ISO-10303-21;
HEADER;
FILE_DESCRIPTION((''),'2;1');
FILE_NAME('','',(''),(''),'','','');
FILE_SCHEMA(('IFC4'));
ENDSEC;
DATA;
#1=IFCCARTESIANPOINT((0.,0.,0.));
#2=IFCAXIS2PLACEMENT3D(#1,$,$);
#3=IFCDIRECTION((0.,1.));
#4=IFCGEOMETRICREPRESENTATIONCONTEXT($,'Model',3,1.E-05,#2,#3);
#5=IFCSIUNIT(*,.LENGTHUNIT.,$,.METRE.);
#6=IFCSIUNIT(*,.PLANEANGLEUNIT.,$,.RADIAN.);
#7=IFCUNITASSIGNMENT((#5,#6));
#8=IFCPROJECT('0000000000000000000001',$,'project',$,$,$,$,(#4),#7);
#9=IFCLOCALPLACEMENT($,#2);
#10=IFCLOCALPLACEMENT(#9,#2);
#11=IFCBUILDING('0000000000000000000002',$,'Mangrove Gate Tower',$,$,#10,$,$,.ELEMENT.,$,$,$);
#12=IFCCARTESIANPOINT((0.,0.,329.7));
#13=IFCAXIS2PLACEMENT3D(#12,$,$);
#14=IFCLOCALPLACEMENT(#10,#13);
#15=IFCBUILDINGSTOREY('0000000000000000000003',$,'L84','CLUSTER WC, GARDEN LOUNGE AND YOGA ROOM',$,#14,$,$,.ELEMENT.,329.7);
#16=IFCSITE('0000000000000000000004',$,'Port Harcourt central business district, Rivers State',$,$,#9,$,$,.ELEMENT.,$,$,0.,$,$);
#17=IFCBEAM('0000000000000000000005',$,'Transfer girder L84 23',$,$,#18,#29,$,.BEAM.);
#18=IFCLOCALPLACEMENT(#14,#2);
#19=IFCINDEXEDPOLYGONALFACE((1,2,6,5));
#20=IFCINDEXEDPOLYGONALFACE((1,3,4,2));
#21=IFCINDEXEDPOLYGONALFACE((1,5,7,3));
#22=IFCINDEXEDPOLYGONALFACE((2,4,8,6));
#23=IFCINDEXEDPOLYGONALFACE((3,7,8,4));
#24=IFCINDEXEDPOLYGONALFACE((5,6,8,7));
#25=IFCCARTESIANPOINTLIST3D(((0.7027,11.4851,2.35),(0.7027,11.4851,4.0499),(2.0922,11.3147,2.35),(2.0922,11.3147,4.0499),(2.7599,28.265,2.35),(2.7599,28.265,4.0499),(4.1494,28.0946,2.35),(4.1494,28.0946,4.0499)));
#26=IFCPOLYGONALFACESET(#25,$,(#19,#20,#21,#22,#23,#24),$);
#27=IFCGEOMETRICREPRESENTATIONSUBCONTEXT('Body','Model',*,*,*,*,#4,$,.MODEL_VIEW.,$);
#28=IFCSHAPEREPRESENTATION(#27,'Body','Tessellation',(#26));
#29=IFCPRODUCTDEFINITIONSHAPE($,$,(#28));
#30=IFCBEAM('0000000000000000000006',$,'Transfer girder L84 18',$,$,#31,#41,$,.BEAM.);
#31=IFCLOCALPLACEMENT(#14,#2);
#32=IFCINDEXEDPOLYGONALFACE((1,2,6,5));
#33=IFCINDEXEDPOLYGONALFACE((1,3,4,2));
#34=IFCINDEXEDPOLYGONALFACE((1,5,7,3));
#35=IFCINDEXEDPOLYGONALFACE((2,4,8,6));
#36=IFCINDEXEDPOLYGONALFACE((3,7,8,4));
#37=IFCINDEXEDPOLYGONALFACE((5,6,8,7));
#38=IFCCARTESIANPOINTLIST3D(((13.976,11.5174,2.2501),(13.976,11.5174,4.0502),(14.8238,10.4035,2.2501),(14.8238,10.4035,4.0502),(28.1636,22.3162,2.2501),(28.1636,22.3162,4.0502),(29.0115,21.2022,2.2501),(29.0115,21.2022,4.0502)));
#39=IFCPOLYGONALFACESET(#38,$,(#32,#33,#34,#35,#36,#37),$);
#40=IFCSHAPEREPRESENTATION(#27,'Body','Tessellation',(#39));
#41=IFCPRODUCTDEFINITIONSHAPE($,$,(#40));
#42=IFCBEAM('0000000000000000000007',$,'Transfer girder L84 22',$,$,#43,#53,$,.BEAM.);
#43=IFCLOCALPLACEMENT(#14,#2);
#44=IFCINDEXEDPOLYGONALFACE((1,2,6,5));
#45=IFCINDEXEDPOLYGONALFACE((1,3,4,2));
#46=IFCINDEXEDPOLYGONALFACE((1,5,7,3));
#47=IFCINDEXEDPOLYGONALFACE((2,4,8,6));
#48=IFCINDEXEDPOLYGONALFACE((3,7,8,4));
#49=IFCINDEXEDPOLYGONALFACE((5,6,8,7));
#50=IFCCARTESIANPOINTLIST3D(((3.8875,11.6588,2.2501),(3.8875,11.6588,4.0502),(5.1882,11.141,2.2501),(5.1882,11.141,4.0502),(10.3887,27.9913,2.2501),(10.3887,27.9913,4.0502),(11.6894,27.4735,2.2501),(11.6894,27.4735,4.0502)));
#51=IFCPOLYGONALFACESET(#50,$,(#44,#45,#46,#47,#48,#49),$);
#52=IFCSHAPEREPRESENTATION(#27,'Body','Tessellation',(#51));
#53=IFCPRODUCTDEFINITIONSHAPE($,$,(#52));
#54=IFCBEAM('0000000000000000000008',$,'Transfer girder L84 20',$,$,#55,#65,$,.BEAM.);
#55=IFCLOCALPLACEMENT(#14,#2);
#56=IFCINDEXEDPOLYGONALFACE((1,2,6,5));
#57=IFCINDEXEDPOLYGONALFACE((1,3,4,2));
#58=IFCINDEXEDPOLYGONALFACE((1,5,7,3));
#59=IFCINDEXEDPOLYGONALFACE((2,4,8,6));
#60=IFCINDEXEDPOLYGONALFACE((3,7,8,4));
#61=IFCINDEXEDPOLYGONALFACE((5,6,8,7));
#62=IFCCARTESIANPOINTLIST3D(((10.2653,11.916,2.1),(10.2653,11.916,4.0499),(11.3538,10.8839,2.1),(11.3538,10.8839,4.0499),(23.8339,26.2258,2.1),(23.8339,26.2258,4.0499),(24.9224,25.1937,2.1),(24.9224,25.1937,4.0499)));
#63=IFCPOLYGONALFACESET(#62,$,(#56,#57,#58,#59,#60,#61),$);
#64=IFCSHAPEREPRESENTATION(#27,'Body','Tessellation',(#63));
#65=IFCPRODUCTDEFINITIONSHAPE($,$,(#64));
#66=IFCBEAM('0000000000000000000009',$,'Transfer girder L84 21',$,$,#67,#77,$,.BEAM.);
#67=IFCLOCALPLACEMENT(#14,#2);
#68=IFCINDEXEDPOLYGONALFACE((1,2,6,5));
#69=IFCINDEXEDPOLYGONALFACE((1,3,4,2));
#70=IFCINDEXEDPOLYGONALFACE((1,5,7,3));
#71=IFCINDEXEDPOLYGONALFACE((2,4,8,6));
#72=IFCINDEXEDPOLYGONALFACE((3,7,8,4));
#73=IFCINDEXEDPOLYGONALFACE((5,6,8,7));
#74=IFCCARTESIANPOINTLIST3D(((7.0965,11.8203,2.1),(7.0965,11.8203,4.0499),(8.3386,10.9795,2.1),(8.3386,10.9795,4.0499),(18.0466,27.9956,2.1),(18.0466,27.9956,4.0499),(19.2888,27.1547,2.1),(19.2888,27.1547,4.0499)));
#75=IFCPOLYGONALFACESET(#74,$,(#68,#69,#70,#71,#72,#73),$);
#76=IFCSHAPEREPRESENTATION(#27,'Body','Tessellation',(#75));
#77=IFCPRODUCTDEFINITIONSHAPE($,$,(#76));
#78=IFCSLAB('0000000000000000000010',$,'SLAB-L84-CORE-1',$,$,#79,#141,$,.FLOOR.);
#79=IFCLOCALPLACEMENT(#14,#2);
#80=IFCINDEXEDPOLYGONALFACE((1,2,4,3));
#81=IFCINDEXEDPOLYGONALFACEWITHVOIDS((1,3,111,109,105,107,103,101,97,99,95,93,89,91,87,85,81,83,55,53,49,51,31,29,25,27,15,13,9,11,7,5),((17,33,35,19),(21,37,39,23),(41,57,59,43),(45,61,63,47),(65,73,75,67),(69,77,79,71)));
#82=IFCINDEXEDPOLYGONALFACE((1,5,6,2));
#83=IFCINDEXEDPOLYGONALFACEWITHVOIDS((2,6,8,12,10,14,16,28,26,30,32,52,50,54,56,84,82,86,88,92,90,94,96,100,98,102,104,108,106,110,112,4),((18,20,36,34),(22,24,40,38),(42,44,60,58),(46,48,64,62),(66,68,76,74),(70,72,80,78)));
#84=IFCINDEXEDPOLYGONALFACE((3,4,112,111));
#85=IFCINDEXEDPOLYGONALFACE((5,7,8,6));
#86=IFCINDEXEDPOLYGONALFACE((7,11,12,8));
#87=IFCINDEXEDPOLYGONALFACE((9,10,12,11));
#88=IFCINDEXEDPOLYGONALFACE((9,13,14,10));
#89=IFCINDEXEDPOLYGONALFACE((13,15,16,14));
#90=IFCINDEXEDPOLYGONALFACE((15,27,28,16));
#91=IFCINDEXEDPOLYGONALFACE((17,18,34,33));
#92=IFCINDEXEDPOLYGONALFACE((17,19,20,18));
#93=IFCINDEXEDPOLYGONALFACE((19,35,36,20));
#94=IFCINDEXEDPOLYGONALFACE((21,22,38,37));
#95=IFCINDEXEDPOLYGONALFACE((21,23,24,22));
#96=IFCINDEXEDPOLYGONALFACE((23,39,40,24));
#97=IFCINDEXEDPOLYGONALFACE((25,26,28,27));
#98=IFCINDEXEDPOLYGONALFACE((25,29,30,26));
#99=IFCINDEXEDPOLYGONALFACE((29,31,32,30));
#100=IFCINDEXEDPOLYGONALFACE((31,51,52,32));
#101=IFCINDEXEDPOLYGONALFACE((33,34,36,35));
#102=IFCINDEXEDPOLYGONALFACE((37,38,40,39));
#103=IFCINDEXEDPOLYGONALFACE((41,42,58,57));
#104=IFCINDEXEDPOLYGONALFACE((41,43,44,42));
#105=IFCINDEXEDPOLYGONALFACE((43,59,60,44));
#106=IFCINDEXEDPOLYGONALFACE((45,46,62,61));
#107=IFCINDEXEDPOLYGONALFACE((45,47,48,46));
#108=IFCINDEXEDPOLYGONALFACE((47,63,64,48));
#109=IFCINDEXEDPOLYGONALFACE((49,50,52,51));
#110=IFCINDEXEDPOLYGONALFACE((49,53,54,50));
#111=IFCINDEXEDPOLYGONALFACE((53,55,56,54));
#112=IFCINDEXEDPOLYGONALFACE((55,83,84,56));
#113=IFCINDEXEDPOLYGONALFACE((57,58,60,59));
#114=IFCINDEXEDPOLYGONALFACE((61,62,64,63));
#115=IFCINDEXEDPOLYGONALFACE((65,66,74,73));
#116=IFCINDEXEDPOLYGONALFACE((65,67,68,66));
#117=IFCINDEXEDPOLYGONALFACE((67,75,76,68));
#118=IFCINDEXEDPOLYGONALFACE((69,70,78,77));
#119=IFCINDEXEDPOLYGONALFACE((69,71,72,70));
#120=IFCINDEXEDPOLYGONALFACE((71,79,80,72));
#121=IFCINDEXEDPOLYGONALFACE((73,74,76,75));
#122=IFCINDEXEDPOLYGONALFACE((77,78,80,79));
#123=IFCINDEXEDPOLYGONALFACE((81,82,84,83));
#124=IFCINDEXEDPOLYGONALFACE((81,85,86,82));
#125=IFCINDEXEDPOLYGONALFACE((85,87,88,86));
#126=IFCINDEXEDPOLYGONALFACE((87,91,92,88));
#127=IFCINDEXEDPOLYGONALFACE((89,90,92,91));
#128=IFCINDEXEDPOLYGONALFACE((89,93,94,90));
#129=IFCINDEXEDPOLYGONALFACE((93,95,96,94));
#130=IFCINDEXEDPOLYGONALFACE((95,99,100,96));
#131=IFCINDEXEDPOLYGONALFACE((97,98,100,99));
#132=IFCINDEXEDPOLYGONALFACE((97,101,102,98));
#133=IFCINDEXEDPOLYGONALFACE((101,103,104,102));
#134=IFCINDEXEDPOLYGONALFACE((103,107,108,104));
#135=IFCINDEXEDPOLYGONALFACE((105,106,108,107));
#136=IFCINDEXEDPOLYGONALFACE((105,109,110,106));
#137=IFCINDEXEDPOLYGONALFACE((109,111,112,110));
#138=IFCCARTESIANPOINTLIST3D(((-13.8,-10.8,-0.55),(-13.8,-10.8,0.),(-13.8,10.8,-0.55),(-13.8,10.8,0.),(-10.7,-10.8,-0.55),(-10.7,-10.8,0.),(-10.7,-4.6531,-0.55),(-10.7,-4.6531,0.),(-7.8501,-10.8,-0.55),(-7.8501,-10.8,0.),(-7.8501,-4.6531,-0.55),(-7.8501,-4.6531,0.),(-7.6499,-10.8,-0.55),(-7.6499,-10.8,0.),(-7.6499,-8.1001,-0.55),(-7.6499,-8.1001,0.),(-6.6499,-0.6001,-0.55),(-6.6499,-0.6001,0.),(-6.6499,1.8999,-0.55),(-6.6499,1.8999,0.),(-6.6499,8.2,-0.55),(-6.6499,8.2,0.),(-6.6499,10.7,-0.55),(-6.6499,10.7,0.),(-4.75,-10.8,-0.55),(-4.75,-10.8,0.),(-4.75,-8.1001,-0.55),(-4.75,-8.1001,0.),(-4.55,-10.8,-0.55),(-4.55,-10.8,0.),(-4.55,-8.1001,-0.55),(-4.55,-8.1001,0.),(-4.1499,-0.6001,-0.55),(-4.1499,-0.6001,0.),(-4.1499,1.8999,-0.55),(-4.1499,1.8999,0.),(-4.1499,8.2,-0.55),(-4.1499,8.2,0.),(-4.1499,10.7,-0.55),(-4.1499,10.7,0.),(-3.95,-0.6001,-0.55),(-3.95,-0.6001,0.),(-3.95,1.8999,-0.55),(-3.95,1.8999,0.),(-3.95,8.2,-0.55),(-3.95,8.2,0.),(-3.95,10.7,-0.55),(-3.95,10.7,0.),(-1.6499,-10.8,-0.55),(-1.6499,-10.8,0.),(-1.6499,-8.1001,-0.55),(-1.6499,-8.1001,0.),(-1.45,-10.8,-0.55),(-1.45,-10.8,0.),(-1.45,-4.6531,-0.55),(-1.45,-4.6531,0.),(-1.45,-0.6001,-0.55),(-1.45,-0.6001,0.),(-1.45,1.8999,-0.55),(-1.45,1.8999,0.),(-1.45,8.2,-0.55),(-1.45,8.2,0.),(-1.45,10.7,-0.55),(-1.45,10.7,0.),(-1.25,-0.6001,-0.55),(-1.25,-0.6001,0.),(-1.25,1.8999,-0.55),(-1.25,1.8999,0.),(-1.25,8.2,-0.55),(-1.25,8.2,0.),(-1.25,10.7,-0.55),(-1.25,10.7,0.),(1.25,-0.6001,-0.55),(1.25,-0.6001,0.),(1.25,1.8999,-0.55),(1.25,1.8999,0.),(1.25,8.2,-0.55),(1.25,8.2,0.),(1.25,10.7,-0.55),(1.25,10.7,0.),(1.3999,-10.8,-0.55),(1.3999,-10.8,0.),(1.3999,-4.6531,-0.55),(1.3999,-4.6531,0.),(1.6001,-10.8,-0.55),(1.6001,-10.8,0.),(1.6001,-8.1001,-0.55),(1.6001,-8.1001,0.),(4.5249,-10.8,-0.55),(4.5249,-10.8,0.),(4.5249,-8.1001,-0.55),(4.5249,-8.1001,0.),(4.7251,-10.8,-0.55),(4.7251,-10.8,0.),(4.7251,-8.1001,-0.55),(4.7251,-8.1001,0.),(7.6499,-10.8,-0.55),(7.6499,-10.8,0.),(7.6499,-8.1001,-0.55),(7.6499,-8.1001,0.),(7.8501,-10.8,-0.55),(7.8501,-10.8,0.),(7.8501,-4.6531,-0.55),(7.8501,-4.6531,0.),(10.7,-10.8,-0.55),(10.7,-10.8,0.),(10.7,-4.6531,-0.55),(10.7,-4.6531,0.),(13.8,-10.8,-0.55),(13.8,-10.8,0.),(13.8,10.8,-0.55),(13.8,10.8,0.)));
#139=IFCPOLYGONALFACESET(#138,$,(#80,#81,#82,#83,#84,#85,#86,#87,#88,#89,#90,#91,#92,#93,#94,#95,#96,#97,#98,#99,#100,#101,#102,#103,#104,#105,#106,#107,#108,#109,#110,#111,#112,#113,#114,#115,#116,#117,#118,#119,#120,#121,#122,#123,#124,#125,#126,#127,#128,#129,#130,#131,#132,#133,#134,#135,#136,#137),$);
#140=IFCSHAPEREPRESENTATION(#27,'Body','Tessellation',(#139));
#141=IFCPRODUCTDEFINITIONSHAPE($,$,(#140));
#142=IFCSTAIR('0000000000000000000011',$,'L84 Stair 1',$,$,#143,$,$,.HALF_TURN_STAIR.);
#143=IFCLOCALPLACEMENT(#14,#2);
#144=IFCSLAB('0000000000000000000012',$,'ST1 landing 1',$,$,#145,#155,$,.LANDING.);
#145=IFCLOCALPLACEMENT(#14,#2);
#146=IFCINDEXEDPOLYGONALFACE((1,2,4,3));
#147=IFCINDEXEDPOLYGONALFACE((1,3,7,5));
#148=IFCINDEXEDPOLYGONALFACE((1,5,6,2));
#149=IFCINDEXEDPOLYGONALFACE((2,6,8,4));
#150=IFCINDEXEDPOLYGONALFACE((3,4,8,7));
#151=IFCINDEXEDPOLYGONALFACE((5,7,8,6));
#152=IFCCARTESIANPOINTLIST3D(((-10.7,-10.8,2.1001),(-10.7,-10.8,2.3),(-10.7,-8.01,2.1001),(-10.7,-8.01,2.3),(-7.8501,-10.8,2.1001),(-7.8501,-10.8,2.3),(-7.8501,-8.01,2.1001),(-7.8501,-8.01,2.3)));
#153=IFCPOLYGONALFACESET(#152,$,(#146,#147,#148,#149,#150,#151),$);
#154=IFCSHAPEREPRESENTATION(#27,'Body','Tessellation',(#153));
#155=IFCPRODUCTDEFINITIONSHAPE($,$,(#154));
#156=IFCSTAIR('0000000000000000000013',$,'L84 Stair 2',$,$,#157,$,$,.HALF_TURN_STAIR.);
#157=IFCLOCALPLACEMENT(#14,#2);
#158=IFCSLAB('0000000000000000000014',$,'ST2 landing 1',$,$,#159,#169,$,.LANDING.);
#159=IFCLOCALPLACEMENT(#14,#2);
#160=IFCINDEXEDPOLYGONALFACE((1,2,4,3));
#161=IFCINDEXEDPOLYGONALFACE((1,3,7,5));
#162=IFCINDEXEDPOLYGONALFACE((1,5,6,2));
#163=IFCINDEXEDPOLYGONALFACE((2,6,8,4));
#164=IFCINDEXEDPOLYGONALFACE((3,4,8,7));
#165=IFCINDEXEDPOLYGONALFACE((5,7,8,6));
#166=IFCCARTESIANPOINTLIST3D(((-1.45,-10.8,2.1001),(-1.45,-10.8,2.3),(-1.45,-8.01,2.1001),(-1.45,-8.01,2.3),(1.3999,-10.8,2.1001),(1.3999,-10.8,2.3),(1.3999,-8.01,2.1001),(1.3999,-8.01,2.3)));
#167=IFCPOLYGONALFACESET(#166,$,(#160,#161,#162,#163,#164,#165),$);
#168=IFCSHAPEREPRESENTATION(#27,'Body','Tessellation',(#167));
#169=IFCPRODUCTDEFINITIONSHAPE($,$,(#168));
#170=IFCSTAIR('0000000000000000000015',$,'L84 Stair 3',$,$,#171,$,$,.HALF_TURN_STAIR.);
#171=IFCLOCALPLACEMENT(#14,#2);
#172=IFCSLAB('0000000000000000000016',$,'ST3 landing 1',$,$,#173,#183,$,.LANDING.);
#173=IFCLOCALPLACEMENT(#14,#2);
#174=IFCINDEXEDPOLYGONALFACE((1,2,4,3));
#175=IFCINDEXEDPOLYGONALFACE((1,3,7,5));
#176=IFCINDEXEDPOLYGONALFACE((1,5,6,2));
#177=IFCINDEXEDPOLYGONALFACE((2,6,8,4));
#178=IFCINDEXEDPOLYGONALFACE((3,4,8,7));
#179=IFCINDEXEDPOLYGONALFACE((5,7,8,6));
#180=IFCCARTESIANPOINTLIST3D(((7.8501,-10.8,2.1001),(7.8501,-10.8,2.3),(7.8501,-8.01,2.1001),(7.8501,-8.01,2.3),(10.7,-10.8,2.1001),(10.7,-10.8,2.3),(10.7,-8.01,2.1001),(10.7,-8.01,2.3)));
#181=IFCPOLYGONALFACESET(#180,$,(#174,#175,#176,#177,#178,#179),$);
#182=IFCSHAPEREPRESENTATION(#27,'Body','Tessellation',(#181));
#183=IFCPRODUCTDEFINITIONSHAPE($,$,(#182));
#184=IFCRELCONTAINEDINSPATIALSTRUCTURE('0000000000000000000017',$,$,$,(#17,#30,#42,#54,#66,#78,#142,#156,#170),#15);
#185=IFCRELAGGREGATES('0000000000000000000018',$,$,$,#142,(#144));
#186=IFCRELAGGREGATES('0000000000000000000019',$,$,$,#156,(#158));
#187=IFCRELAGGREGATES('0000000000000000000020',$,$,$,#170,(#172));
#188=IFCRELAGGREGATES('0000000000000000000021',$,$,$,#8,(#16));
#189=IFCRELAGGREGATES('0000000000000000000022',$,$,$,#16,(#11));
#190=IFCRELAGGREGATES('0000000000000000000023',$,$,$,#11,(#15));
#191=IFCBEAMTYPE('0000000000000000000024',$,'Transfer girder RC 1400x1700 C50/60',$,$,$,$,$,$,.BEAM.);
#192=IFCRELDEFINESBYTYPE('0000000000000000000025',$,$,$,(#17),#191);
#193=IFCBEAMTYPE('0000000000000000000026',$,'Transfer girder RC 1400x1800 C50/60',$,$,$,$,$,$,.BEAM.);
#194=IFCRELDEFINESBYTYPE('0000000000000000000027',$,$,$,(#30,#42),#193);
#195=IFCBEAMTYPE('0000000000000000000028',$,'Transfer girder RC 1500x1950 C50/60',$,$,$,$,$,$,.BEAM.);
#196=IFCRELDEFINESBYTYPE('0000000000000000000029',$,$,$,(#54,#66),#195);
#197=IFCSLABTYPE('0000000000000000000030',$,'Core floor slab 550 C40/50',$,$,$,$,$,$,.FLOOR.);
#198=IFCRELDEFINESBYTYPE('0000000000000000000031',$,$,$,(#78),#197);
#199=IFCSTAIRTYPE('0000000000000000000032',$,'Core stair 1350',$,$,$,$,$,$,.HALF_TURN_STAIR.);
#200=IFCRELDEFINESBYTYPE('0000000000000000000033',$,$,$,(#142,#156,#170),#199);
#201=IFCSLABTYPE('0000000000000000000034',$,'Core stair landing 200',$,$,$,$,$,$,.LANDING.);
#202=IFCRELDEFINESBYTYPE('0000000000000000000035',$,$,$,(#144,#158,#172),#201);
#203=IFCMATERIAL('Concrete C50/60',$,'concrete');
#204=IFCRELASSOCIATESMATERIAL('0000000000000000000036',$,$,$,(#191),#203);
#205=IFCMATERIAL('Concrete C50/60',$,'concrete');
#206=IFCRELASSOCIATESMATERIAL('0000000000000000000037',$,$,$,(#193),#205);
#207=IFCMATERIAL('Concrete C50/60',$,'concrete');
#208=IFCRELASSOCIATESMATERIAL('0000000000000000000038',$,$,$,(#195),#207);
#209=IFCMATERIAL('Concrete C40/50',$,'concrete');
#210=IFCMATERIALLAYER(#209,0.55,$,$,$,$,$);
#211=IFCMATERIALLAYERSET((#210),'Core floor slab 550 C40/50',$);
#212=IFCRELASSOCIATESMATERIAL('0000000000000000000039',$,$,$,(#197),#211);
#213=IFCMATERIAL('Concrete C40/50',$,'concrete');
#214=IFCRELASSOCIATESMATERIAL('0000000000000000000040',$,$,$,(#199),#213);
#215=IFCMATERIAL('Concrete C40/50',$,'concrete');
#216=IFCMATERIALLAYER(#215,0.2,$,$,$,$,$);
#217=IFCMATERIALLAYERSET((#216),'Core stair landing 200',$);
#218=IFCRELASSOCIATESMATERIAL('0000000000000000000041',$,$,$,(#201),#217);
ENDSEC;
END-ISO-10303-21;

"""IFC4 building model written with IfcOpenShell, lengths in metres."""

from ifc_helpers import new_model, si_unit, direction, frame, origin, origin_2d, place, context, subcontext, project, spatial, polyline, rectangle, outline, extrude, material, layer, layer_set, material_profile, profile_set, type_object, element, aggregate, save


model = new_model("IFC4")

# Units and contexts
model_context = context("Model", 3, precision=1e-05, world=origin(), true_north=direction((0.0, 1.0)))
body_context = subcontext(model_context, "Body", "Model", "MODEL_VIEW")
ifc_project = project(units=[si_unit("LENGTHUNIT", "METRE"), si_unit("PLANEANGLEUNIT", "RADIAN")], contexts=[model_context])

# Site, building, storey
site_placement = place(None, origin())
site = spatial("IfcSite", under=ifc_project, at=site_placement, Name="Port Harcourt central business district, Rivers State", CompositionType="ELEMENT", RefElevation=0.0)
building_placement = place(site_placement, origin())
building = spatial("IfcBuilding", under=site, at=building_placement, Name="Mangrove Gate Tower", CompositionType="ELEMENT")
storey_placement = place(building_placement, frame((0.0, 0.0, 329.7)))
storey = spatial("IfcBuildingStorey", under=building, at=storey_placement, Name="L84", Description="CLUSTER WC, GARDEN LOUNGE AND YOGA ROOM", CompositionType="ELEMENT", Elevation=329.7)

# Beams
ifc_material_1 = material(Name="Concrete C50/60", Category="concrete")
ifc_material_profile_1 = material_profile(ifc_material_1, rectangle(XDim=1.3999, YDim=1.7, at=origin_2d()))
ifc_profile_set_1 = profile_set([ifc_material_profile_1], Name="Concrete C50/60")
beam_type_1 = type_object("IfcBeamType", Name="Transfer girder RC 1400x1700 C50/60", PredefinedType="BEAM", material=ifc_profile_set_1)
beam_1_placement = place(storey_placement, frame((1.3975, 11.3999, 3.2), z_axis=(0.121685, 0.992569, 0.0), x_axis=(-0.992569, 0.121685, 0.0)))
element("IfcBeam", 1, at=beam_1_placement, inside=storey, type_object=beam_type_1, Name="Transfer girder L84 23", PredefinedType="BEAM", context=body_context, shape_type="SweptSolid", body=[
    extrude(rectangle(XDim=1.3999, YDim=1.7, at=origin_2d()), origin(), (0.0, 0.0, 1.0), 16.9055),
])
ifc_material_2 = material(Name="Concrete C50/60", Category="concrete")
ifc_material_profile_2 = material_profile(ifc_material_2, rectangle(XDim=1.3999, YDim=1.8, at=origin_2d()))
ifc_profile_set_2 = profile_set([ifc_material_profile_2], Name="Concrete C50/60")
beam_type_2 = type_object("IfcBeamType", Name="Transfer girder RC 1400x1800 C50/60", PredefinedType="BEAM", material=ifc_profile_set_2)
beam_2_placement = place(storey_placement, frame((14.3999, 10.9604, 3.1501), z_axis=(0.795726, 0.605657, 0.0), x_axis=(-0.605657, 0.795726, 0.0)))
element("IfcBeam", 2, at=beam_2_placement, inside=storey, type_object=beam_type_2, Name="Transfer girder L84 18", PredefinedType="BEAM", context=body_context, shape_type="SweptSolid", body=[
    extrude(rectangle(XDim=1.3999, YDim=1.8, at=origin_2d()), origin(), (0.0, 0.0, 1.0), 17.8298),
])
beam_3_placement = place(storey_placement, frame((4.5378, 11.3999, 3.1501), z_axis=(0.369831, 0.929099, 0.0), x_axis=(-0.929099, 0.369831, 0.0)))
element("IfcBeam", 3, at=beam_3_placement, inside=storey, type_object=beam_type_2, Name="Transfer girder L84 22", PredefinedType="BEAM", context=body_context, shape_type="SweptSolid", body=[
    extrude(rectangle(XDim=1.3999, YDim=1.8, at=origin_2d()), origin(), (0.0, 0.0, 1.0), 17.5789),
])
ifc_material_3 = material(Name="Concrete C50/60", Category="concrete")
ifc_material_profile_3 = material_profile(ifc_material_3, rectangle(XDim=1.5, YDim=1.95, at=origin_2d()))
ifc_profile_set_3 = profile_set([ifc_material_profile_3], Name="Concrete C50/60")
beam_type_3 = type_object("IfcBeamType", Name="Transfer girder RC 1500x1950 C50/60", PredefinedType="BEAM", material=ifc_profile_set_3)
beam_4_placement = place(storey_placement, frame((10.8096, 11.3999, 3.075), z_axis=(0.688064, 0.72565, 0.0), x_axis=(-0.72565, 0.688064, 0.0)))
element("IfcBeam", 4, at=beam_4_placement, inside=storey, type_object=beam_type_3, Name="Transfer girder L84 20", PredefinedType="BEAM", context=body_context, shape_type="SweptSolid", body=[
    extrude(rectangle(XDim=1.5, YDim=1.95, at=origin_2d()), origin(), (0.0, 0.0, 1.0), 19.72),
])
beam_5_placement = place(storey_placement, frame((7.7175, 11.3999, 3.075), z_axis=(0.560593, 0.828091, 0.0), x_axis=(-0.828091, 0.560593, 0.0)))
element("IfcBeam", 5, at=beam_5_placement, inside=storey, type_object=beam_type_3, Name="Transfer girder L84 21", PredefinedType="BEAM", context=body_context, shape_type="SweptSolid", body=[
    extrude(rectangle(XDim=1.5, YDim=1.95, at=origin_2d()), origin(), (0.0, 0.0, 1.0), 19.5332),
])

# Slab
ifc_material_4 = material(Name="Concrete C40/50", Category="concrete")
ifc_layer_1 = layer(ifc_material_4, 0.55)
ifc_layer_set_1 = layer_set([ifc_layer_1], Name="Core floor slab 550 C40/50")
slab_type_1 = type_object("IfcSlabType", Name="Core floor slab 550 C40/50", PredefinedType="FLOOR", material=ifc_layer_set_1)
slab_1_placement = place(storey_placement, frame((0.0, 0.0, -0.55)))
element("IfcSlab", 6, at=slab_1_placement, inside=storey, type_object=slab_type_1, Name="SLAB-L84-CORE-1", PredefinedType="FLOOR", context=body_context, shape_type="SweptSolid", body=[
    extrude(outline(polyline([(-13.8, -10.8), (-13.8, 10.8), (13.8, 10.8), (13.8, -10.8), (10.7, -10.8), (10.7, -4.6531), (7.8501, -4.6531), (7.8501, -10.8), (7.6499, -10.8), (7.6499, -8.1001), (4.7251, -8.1001), (4.7251, -10.8), (4.5249, -10.8), (4.5249, -8.1001), (1.6001, -8.1001), (1.6001, -10.8), (1.3999, -10.8), (1.3999, -4.6531), (-1.45, -4.6531), (-1.45, -10.8), (-1.6499, -10.8), (-1.6499, -8.1001), (-4.55, -8.1001), (-4.55, -10.8), (-4.75, -10.8), (-4.75, -8.1001), (-7.6499, -8.1001), (-7.6499, -10.8), (-7.8501, -10.8), (-7.8501, -4.6531), (-10.7, -4.6531), (-10.7, -10.8), (-13.8, -10.8)]), holes=[polyline([(-4.1499, 1.8999), (-6.6499, 1.8999), (-6.6499, -0.6001), (-4.1499, -0.6001), (-4.1499, 1.8999)]), polyline([(-1.45, -0.6001), (-1.45, 1.8999), (-3.95, 1.8999), (-3.95, -0.6001), (-1.45, -0.6001)]), polyline([(-4.1499, 8.2), (-4.1499, 10.7), (-6.6499, 10.7), (-6.6499, 8.2), (-4.1499, 8.2)]), polyline([(-1.45, 10.7), (-3.95, 10.7), (-3.95, 8.2), (-1.45, 8.2), (-1.45, 10.7)]), polyline([(1.25, -0.6001), (1.25, 1.8999), (-1.25, 1.8999), (-1.25, -0.6001), (1.25, -0.6001)]), polyline([(1.25, 8.2), (1.25, 10.7), (-1.25, 10.7), (-1.25, 8.2), (1.25, 8.2)])]), origin(), (0.0, 0.0, 1.0), 0.55),
])

# Stairs, slabs
ifc_material_5 = material(Name="Concrete C40/50", Category="concrete")
stair_type = type_object("IfcStairType", Name="Core stair 1350", PredefinedType="HALF_TURN_STAIR", material=ifc_material_5)
stair_1_placement = place(storey_placement, origin())
stair_1 = element("IfcStair", 7, at=stair_1_placement, inside=storey, type_object=stair_type, Name="L84 Stair 1", PredefinedType="HALF_TURN_STAIR")
ifc_material_6 = material(Name="Concrete C40/50", Category="concrete")
ifc_layer_2 = layer(ifc_material_6, 0.2)
ifc_layer_set_2 = layer_set([ifc_layer_2], Name="Core stair landing 200")
slab_type_2 = type_object("IfcSlabType", Name="Core stair landing 200", PredefinedType="LANDING", material=ifc_layer_set_2)
slab_2_placement = place(storey_placement, frame((0.0, 0.0, 2.1001)))
slab_2 = element("IfcSlab", 8, at=slab_2_placement, type_object=slab_type_2, Name="ST1 landing 1", PredefinedType="LANDING", context=body_context, shape_type="SweptSolid", body=[
    extrude(outline(polyline([(-10.7, -8.01), (-10.7, -10.8), (-7.8501, -10.8), (-7.8501, -8.01), (-10.7, -8.01)])), origin(), (0.0, 0.0, 1.0), 0.2),
])
aggregate(stair_1, [slab_2])
stair_2_placement = place(storey_placement, origin())
stair_2 = element("IfcStair", 9, at=stair_2_placement, inside=storey, type_object=stair_type, Name="L84 Stair 2", PredefinedType="HALF_TURN_STAIR")
slab_3_placement = place(storey_placement, frame((0.0, 0.0, 2.1001)))
slab_3 = element("IfcSlab", 10, at=slab_3_placement, type_object=slab_type_2, Name="ST2 landing 1", PredefinedType="LANDING", context=body_context, shape_type="SweptSolid", body=[
    extrude(outline(polyline([(-1.45, -8.01), (-1.45, -10.8), (1.3999, -10.8), (1.3999, -8.01), (-1.45, -8.01)])), origin(), (0.0, 0.0, 1.0), 0.2),
])
aggregate(stair_2, [slab_3])
stair_3_placement = place(storey_placement, origin())
stair_3 = element("IfcStair", 11, at=stair_3_placement, inside=storey, type_object=stair_type, Name="L84 Stair 3", PredefinedType="HALF_TURN_STAIR")
slab_4_placement = place(storey_placement, frame((0.0, 0.0, 2.1001)))
slab_4 = element("IfcSlab", 12, at=slab_4_placement, type_object=slab_type_2, Name="ST3 landing 1", PredefinedType="LANDING", context=body_context, shape_type="SweptSolid", body=[
    extrude(outline(polyline([(7.8501, -8.01), (7.8501, -10.8), (10.7, -10.8), (10.7, -8.01), (7.8501, -8.01)])), origin(), (0.0, 0.0, 1.0), 0.2),
])
aggregate(stair_3, [slab_4])

save(model, "model.ifc")
